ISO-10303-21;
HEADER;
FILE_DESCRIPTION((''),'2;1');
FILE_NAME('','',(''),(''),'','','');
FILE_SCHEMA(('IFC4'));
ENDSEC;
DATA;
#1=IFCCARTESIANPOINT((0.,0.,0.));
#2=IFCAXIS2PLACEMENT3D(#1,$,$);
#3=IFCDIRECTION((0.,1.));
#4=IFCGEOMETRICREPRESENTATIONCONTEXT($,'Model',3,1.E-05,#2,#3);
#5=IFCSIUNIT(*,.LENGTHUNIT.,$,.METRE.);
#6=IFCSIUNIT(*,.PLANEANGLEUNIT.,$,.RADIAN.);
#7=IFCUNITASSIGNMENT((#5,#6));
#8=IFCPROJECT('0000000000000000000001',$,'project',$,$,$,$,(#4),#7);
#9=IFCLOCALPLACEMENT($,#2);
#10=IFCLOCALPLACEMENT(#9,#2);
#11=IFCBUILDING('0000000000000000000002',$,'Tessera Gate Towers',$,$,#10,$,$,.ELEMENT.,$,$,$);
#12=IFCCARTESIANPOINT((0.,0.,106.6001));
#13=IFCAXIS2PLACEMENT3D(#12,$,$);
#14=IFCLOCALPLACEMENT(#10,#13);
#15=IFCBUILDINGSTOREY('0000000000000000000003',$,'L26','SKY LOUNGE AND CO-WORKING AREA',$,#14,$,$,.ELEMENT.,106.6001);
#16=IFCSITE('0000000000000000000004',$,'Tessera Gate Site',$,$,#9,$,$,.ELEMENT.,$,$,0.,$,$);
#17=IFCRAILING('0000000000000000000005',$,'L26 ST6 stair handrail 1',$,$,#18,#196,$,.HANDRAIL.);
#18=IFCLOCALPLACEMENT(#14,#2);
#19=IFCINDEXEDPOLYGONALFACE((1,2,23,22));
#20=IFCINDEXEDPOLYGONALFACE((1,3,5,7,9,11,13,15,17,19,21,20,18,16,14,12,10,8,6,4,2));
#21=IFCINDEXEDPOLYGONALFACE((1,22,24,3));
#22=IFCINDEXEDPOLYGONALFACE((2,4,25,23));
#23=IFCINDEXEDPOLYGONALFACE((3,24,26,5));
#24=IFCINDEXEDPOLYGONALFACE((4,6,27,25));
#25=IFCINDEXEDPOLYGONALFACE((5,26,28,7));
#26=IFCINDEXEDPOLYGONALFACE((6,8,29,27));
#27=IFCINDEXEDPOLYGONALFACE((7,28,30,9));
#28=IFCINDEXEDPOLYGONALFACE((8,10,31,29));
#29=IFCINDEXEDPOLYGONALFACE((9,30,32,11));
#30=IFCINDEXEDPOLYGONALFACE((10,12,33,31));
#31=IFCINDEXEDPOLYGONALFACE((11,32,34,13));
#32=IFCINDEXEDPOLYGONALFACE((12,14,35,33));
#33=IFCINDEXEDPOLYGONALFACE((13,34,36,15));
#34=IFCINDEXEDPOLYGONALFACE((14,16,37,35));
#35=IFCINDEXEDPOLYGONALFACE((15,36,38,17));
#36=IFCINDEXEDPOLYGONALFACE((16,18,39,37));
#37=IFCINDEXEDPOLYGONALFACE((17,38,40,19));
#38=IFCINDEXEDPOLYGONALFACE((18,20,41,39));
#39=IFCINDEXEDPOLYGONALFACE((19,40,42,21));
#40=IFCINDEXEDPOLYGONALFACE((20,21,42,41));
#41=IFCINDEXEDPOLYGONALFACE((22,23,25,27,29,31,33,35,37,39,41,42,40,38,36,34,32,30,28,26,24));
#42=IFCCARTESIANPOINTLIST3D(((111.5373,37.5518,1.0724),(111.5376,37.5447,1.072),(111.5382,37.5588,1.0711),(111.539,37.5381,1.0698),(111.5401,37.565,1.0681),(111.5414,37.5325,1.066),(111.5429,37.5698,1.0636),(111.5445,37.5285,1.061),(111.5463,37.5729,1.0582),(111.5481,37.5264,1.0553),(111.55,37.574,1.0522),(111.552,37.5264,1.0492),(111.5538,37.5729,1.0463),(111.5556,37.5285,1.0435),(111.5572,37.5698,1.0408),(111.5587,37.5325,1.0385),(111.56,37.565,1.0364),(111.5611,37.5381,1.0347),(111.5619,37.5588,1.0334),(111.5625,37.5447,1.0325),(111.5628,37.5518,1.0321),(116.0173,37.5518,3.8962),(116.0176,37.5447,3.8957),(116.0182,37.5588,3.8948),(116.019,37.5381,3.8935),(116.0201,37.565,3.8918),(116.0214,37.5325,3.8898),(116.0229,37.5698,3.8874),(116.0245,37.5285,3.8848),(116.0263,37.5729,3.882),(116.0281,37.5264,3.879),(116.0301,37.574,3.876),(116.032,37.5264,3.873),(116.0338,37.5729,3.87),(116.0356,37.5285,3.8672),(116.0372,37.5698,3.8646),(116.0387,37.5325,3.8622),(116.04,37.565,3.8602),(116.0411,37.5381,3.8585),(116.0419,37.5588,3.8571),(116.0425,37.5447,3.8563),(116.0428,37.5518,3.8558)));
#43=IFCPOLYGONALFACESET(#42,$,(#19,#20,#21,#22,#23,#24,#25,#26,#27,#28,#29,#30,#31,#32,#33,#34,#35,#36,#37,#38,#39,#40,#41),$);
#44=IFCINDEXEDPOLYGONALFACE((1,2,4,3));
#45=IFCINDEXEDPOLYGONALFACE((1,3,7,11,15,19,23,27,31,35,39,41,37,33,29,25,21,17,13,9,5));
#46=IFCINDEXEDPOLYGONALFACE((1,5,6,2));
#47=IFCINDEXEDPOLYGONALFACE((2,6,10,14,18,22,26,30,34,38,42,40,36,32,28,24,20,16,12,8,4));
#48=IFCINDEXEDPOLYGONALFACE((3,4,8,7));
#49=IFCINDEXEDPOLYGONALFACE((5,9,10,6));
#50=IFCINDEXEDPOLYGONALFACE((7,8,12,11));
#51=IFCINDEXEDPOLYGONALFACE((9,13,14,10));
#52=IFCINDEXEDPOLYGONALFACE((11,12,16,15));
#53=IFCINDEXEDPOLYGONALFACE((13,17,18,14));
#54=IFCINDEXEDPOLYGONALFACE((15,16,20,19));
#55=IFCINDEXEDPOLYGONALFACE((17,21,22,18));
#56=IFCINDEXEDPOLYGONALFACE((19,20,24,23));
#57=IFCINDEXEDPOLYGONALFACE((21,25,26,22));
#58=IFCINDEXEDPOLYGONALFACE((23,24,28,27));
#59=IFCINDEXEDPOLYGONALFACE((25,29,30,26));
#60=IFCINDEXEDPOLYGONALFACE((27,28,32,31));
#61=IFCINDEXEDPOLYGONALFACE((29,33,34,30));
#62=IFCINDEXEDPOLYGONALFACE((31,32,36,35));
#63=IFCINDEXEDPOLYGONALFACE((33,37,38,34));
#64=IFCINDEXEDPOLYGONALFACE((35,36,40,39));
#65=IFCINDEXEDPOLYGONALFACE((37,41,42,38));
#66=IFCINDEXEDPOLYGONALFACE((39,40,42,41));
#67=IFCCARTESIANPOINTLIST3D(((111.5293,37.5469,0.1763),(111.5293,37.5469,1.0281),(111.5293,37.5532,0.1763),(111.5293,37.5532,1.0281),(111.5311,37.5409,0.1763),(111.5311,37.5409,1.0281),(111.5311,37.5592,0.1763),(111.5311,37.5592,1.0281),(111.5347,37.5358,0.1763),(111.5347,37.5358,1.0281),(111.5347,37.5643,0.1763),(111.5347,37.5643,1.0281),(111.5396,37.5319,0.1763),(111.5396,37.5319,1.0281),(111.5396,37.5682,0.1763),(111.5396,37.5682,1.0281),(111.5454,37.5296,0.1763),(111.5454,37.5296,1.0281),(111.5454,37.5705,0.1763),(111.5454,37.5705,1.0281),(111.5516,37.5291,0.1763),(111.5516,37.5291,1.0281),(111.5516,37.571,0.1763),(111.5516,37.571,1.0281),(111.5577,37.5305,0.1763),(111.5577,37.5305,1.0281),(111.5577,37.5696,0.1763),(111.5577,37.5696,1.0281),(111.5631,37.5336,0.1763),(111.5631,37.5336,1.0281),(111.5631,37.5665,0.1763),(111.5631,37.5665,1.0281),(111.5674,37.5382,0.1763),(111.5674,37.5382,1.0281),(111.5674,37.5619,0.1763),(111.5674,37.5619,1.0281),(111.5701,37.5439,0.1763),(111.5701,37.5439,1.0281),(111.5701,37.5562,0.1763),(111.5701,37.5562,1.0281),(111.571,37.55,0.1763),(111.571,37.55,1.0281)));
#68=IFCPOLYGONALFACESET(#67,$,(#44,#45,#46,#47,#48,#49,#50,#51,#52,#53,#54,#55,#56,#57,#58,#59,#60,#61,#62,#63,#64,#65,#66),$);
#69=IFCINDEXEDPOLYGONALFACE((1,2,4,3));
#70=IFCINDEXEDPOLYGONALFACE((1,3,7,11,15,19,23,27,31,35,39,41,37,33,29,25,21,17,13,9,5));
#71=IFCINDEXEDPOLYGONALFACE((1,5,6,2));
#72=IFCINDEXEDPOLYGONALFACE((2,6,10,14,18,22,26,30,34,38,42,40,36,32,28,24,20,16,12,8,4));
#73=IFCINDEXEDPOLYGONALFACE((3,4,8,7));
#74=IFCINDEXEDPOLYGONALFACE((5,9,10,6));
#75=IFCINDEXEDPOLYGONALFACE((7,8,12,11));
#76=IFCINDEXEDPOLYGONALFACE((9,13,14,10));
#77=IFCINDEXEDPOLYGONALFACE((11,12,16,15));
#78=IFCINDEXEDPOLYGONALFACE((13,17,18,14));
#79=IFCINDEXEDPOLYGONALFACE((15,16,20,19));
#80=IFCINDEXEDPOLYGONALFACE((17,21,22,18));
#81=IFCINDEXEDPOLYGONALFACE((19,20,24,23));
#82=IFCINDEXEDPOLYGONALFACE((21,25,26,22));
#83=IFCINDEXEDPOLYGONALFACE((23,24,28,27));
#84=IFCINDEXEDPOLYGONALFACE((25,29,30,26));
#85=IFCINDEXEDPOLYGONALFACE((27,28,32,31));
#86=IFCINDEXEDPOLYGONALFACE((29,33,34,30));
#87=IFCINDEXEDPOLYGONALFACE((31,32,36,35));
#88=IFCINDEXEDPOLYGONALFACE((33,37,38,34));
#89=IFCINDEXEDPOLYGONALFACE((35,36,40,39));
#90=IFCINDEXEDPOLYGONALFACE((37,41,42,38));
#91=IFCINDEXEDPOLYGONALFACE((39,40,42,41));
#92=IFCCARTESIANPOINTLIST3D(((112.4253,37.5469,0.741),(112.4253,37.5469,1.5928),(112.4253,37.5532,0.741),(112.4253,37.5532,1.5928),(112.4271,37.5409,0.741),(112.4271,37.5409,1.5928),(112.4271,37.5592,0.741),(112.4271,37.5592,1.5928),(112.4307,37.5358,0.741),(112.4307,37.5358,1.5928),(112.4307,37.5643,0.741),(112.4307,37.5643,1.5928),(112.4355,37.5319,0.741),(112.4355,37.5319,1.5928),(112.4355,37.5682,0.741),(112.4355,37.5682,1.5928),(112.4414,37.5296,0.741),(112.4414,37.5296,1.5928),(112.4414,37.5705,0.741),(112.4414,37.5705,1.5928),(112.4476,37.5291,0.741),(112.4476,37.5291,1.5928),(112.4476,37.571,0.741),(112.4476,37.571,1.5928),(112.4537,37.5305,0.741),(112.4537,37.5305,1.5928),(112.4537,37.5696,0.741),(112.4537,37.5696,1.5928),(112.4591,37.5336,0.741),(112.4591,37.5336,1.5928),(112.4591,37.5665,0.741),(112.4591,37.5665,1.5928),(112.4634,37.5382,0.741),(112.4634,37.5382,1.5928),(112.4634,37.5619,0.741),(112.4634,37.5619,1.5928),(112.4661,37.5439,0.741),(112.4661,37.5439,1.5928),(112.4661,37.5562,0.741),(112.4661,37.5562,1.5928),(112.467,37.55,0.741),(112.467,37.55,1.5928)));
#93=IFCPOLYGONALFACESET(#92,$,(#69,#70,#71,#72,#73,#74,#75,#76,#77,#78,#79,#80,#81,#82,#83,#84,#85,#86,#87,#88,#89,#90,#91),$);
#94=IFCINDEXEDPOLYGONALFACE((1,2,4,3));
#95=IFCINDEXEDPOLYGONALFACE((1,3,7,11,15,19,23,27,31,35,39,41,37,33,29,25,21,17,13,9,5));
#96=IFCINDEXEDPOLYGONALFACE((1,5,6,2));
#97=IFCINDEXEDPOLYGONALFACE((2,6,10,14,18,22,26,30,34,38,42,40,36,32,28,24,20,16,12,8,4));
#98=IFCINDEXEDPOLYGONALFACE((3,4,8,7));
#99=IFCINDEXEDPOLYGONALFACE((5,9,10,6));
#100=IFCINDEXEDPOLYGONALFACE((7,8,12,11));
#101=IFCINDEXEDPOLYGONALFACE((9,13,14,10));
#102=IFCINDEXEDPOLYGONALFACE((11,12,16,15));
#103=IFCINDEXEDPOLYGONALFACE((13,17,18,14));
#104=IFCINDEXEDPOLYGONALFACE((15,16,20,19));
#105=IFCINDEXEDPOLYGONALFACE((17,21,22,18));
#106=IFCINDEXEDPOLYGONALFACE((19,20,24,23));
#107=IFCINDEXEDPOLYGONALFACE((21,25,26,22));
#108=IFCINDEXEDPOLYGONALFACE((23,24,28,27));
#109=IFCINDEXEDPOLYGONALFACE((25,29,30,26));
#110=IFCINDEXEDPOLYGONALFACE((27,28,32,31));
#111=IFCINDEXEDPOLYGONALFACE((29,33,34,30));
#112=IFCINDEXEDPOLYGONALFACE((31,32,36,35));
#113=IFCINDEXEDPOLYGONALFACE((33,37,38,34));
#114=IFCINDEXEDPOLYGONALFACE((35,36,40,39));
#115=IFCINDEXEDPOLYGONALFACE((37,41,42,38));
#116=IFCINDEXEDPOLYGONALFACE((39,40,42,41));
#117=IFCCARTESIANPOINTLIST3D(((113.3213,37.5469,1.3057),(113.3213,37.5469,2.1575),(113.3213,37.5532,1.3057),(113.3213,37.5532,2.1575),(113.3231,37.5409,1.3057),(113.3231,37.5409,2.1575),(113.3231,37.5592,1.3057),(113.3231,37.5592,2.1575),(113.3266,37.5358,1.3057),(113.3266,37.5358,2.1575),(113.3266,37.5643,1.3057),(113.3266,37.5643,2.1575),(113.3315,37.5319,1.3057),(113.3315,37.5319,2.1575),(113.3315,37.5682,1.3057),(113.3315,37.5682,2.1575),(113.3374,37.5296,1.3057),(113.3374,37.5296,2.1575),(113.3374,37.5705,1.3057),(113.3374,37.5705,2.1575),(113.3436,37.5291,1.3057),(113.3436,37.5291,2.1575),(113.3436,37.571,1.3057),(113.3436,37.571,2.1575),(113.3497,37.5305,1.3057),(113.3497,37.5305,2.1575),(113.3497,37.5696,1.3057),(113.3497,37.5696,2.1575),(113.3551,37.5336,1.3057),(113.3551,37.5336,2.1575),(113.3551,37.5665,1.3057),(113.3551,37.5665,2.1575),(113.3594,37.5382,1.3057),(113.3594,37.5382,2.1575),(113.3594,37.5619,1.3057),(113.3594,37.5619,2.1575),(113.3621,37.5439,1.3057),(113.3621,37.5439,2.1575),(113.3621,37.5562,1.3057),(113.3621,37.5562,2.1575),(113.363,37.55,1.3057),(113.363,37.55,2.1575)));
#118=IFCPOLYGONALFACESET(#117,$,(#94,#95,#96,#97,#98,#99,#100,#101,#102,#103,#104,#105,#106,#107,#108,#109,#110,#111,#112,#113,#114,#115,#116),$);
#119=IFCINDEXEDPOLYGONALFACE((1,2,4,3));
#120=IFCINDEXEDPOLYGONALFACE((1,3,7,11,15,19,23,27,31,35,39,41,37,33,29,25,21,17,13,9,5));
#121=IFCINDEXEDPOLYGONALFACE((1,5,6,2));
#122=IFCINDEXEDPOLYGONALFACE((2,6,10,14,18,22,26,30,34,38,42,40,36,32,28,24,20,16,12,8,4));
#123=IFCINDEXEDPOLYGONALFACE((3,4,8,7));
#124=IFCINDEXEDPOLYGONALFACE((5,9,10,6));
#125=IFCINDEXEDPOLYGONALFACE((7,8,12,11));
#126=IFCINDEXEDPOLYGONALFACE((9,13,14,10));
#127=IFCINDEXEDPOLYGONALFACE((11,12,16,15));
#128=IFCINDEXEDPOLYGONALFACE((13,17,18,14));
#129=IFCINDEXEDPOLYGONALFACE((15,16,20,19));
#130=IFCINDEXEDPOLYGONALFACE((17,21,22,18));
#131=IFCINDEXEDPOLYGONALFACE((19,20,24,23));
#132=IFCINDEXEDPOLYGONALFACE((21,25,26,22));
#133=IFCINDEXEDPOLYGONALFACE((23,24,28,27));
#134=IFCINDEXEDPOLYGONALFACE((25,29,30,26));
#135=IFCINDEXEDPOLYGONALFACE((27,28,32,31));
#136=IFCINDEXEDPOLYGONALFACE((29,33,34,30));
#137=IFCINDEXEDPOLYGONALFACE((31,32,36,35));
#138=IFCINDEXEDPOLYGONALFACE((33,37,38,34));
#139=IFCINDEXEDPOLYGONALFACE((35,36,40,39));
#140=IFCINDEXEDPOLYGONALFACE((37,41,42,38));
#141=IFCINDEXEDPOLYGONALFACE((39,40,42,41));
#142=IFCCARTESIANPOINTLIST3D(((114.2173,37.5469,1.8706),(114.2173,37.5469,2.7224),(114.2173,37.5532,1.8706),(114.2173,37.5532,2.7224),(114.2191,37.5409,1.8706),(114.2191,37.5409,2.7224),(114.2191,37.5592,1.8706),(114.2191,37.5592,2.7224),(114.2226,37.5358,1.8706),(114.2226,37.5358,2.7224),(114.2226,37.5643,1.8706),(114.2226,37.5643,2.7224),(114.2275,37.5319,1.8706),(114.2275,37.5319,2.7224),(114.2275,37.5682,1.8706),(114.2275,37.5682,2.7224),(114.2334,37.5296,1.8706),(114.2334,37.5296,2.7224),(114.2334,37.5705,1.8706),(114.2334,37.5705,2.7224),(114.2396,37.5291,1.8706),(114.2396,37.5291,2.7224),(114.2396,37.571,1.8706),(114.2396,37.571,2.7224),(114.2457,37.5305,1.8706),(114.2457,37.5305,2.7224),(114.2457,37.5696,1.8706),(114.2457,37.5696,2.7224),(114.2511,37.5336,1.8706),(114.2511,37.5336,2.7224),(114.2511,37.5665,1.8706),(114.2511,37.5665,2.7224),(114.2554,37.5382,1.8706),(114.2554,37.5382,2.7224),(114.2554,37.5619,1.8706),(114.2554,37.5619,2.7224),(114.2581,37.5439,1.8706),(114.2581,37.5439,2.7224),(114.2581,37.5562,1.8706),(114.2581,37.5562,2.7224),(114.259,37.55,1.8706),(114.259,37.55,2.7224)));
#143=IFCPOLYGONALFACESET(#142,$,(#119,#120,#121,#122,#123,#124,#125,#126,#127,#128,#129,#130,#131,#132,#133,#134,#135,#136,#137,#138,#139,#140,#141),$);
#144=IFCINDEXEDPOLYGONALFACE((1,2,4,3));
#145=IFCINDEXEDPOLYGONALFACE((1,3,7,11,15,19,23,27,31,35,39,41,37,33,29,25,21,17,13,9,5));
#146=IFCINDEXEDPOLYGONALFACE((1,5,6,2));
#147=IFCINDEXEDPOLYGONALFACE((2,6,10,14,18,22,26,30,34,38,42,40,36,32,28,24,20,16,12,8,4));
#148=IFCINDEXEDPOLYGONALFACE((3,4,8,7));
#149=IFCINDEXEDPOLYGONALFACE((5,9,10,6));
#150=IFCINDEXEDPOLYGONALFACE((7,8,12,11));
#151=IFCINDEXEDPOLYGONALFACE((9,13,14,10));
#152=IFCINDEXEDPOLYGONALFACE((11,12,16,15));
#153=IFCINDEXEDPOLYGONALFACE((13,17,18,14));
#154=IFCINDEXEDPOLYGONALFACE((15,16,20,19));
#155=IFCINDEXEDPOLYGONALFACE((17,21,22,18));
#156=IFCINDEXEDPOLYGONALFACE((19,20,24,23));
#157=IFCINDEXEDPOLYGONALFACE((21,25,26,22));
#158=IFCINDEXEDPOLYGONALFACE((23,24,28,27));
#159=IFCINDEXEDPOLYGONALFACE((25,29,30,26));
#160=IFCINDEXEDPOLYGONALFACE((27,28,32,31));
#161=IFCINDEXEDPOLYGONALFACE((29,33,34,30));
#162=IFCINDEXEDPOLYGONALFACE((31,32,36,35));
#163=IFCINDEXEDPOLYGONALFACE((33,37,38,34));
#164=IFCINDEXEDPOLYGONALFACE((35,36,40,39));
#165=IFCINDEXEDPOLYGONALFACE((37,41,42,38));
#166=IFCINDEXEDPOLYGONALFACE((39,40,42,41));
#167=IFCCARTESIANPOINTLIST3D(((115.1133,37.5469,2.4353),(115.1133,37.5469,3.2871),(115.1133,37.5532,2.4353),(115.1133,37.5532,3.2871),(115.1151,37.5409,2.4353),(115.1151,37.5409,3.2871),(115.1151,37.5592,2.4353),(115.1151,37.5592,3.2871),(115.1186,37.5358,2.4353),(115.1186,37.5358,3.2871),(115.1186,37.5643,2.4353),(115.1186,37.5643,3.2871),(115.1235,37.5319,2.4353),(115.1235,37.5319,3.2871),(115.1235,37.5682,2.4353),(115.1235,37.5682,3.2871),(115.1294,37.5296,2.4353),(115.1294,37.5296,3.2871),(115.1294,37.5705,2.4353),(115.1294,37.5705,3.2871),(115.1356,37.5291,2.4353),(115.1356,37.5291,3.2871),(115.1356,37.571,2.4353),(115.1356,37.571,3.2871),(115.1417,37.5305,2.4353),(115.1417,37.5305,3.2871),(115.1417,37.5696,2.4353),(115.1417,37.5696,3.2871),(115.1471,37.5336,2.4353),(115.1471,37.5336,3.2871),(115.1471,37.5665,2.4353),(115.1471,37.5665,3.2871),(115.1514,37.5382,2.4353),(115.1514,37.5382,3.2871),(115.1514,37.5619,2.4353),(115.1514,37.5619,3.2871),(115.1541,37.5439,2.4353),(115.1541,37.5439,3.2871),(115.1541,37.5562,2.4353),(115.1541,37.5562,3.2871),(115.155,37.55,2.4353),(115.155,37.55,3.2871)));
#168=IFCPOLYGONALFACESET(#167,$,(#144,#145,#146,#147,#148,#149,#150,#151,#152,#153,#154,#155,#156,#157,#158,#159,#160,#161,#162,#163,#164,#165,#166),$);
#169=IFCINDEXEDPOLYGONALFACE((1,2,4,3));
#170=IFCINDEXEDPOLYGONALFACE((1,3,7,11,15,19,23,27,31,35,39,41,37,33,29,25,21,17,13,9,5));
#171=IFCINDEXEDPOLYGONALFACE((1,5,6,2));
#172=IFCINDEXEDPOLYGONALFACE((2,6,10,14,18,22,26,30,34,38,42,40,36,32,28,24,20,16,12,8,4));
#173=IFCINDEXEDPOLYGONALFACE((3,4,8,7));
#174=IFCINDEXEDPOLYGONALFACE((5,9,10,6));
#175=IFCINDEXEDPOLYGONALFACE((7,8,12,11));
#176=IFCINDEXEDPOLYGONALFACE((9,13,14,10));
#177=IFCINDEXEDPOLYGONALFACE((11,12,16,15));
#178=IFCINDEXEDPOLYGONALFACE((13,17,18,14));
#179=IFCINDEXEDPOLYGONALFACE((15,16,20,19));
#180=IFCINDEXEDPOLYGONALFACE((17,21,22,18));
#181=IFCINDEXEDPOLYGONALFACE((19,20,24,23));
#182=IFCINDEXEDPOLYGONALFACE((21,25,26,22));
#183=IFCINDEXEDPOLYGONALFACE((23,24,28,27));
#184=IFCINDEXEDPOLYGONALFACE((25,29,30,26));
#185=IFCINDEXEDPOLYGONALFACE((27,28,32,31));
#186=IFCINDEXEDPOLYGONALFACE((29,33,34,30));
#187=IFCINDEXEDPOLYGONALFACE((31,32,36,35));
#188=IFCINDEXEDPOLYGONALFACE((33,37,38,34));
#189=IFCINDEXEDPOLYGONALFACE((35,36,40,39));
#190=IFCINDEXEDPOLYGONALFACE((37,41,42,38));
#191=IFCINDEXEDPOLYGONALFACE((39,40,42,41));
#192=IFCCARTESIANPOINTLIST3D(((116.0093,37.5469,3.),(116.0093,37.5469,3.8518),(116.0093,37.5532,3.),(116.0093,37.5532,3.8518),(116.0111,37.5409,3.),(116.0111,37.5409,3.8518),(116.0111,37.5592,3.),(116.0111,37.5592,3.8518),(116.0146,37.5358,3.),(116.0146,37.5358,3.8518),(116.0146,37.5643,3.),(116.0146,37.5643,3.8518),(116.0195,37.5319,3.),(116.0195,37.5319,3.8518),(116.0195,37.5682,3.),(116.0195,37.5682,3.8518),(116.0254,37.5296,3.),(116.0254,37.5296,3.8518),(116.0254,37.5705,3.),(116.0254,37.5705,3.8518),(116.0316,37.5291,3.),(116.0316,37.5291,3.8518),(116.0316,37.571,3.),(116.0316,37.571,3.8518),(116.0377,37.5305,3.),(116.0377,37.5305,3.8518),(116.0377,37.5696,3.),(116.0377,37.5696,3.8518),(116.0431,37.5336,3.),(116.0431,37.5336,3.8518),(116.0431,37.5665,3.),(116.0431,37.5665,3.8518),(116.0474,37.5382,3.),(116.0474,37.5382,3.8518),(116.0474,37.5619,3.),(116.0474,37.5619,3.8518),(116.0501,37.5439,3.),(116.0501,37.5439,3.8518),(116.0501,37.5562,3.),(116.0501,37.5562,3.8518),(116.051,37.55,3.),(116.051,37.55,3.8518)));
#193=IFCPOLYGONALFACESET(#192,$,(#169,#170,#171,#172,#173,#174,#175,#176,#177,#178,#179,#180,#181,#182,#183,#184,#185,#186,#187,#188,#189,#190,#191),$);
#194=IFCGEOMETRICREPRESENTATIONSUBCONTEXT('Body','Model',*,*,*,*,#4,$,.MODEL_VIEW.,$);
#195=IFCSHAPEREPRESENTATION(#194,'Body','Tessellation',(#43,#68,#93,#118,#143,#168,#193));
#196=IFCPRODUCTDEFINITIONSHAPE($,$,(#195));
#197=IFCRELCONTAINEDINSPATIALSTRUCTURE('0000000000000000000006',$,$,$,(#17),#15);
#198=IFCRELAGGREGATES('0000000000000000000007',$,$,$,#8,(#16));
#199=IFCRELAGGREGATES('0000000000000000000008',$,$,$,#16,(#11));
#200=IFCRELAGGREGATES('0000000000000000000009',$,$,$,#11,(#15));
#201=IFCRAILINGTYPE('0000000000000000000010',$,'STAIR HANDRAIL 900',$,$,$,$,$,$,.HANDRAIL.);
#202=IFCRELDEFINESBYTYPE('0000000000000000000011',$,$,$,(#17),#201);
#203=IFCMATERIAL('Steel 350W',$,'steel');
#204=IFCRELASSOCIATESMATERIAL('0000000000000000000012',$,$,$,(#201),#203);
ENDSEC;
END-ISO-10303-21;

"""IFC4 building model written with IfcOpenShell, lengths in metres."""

from ifc_helpers import new_model, si_unit, direction, frame, origin, origin_2d, place, context, subcontext, project, spatial, circle, extrude, material, type_object, element, save


model = new_model("IFC4")

# Units and contexts
model_context = context("Model", 3, precision=1e-05, world=origin(), true_north=direction((0.0, 1.0)))
body_context = subcontext(model_context, "Body", "Model", "MODEL_VIEW")
ifc_project = project(units=[si_unit("LENGTHUNIT", "METRE"), si_unit("PLANEANGLEUNIT", "RADIAN")], contexts=[model_context])

# Site, building, storey
site_placement = place(None, origin())
site = spatial("IfcSite", under=ifc_project, at=site_placement, Name="Tessera Gate Site", CompositionType="ELEMENT", RefElevation=0.0)
building_placement = place(site_placement, origin())
building = spatial("IfcBuilding", under=site, at=building_placement, Name="Tessera Gate Towers", CompositionType="ELEMENT")
storey_placement = place(building_placement, frame((0.0, 0.0, 106.6001)))
storey = spatial("IfcBuildingStorey", under=building, at=storey_placement, Name="L26", Description="SKY LOUNGE AND CO-WORKING AREA", CompositionType="ELEMENT", Elevation=106.6001)

# Railing
ifc_material_1 = material(Name="Steel 350W", Category="steel")
railing_type_1 = type_object("IfcRailingType", Name="STAIR HANDRAIL 900", PredefinedType="HANDRAIL", material=ifc_material_1)
railing_1_placement = place(storey_placement, frame((111.55, 37.55, 0.1763)))
element("IfcRailing", 1, at=railing_1_placement, inside=storey, type_object=railing_type_1, Name="L26 ST6 stair handrail 1", PredefinedType="HANDRAIL", context=body_context, shape_type="SweptSolid", body=[
    extrude(circle(Radius=0.0239, at=origin_2d()), frame((0.0, 0.0, 0.876), z_axis=(0.845977, 0.0, 0.533219), x_axis=(0.0, 1.0, 0.0)), (0.0, 0.0, 1.0), 5.2957),
    extrude(circle(Radius=0.021, at=origin_2d()), origin(), (0.0, 0.0, 1.0), 0.8518),
    extrude(circle(Radius=0.021, at=origin_2d()), frame((0.896, 0.0, 0.5647)), (0.0, 0.0, 1.0), 0.8518),
    extrude(circle(Radius=0.021, at=origin_2d()), frame((1.792, 0.0, 1.1294)), (0.0, 0.0, 1.0), 0.8518),
    extrude(circle(Radius=0.021, at=origin_2d()), frame((2.688, 0.0, 1.6943)), (0.0, 0.0, 1.0), 0.8518),
    extrude(circle(Radius=0.021, at=origin_2d()), frame((3.584, 0.0, 2.259)), (0.0, 0.0, 1.0), 0.8518),
    extrude(circle(Radius=0.021, at=origin_2d()), frame((4.48, 0.0, 2.8237)), (0.0, 0.0, 1.0), 0.8518),
])

save(model, "model.ifc")
